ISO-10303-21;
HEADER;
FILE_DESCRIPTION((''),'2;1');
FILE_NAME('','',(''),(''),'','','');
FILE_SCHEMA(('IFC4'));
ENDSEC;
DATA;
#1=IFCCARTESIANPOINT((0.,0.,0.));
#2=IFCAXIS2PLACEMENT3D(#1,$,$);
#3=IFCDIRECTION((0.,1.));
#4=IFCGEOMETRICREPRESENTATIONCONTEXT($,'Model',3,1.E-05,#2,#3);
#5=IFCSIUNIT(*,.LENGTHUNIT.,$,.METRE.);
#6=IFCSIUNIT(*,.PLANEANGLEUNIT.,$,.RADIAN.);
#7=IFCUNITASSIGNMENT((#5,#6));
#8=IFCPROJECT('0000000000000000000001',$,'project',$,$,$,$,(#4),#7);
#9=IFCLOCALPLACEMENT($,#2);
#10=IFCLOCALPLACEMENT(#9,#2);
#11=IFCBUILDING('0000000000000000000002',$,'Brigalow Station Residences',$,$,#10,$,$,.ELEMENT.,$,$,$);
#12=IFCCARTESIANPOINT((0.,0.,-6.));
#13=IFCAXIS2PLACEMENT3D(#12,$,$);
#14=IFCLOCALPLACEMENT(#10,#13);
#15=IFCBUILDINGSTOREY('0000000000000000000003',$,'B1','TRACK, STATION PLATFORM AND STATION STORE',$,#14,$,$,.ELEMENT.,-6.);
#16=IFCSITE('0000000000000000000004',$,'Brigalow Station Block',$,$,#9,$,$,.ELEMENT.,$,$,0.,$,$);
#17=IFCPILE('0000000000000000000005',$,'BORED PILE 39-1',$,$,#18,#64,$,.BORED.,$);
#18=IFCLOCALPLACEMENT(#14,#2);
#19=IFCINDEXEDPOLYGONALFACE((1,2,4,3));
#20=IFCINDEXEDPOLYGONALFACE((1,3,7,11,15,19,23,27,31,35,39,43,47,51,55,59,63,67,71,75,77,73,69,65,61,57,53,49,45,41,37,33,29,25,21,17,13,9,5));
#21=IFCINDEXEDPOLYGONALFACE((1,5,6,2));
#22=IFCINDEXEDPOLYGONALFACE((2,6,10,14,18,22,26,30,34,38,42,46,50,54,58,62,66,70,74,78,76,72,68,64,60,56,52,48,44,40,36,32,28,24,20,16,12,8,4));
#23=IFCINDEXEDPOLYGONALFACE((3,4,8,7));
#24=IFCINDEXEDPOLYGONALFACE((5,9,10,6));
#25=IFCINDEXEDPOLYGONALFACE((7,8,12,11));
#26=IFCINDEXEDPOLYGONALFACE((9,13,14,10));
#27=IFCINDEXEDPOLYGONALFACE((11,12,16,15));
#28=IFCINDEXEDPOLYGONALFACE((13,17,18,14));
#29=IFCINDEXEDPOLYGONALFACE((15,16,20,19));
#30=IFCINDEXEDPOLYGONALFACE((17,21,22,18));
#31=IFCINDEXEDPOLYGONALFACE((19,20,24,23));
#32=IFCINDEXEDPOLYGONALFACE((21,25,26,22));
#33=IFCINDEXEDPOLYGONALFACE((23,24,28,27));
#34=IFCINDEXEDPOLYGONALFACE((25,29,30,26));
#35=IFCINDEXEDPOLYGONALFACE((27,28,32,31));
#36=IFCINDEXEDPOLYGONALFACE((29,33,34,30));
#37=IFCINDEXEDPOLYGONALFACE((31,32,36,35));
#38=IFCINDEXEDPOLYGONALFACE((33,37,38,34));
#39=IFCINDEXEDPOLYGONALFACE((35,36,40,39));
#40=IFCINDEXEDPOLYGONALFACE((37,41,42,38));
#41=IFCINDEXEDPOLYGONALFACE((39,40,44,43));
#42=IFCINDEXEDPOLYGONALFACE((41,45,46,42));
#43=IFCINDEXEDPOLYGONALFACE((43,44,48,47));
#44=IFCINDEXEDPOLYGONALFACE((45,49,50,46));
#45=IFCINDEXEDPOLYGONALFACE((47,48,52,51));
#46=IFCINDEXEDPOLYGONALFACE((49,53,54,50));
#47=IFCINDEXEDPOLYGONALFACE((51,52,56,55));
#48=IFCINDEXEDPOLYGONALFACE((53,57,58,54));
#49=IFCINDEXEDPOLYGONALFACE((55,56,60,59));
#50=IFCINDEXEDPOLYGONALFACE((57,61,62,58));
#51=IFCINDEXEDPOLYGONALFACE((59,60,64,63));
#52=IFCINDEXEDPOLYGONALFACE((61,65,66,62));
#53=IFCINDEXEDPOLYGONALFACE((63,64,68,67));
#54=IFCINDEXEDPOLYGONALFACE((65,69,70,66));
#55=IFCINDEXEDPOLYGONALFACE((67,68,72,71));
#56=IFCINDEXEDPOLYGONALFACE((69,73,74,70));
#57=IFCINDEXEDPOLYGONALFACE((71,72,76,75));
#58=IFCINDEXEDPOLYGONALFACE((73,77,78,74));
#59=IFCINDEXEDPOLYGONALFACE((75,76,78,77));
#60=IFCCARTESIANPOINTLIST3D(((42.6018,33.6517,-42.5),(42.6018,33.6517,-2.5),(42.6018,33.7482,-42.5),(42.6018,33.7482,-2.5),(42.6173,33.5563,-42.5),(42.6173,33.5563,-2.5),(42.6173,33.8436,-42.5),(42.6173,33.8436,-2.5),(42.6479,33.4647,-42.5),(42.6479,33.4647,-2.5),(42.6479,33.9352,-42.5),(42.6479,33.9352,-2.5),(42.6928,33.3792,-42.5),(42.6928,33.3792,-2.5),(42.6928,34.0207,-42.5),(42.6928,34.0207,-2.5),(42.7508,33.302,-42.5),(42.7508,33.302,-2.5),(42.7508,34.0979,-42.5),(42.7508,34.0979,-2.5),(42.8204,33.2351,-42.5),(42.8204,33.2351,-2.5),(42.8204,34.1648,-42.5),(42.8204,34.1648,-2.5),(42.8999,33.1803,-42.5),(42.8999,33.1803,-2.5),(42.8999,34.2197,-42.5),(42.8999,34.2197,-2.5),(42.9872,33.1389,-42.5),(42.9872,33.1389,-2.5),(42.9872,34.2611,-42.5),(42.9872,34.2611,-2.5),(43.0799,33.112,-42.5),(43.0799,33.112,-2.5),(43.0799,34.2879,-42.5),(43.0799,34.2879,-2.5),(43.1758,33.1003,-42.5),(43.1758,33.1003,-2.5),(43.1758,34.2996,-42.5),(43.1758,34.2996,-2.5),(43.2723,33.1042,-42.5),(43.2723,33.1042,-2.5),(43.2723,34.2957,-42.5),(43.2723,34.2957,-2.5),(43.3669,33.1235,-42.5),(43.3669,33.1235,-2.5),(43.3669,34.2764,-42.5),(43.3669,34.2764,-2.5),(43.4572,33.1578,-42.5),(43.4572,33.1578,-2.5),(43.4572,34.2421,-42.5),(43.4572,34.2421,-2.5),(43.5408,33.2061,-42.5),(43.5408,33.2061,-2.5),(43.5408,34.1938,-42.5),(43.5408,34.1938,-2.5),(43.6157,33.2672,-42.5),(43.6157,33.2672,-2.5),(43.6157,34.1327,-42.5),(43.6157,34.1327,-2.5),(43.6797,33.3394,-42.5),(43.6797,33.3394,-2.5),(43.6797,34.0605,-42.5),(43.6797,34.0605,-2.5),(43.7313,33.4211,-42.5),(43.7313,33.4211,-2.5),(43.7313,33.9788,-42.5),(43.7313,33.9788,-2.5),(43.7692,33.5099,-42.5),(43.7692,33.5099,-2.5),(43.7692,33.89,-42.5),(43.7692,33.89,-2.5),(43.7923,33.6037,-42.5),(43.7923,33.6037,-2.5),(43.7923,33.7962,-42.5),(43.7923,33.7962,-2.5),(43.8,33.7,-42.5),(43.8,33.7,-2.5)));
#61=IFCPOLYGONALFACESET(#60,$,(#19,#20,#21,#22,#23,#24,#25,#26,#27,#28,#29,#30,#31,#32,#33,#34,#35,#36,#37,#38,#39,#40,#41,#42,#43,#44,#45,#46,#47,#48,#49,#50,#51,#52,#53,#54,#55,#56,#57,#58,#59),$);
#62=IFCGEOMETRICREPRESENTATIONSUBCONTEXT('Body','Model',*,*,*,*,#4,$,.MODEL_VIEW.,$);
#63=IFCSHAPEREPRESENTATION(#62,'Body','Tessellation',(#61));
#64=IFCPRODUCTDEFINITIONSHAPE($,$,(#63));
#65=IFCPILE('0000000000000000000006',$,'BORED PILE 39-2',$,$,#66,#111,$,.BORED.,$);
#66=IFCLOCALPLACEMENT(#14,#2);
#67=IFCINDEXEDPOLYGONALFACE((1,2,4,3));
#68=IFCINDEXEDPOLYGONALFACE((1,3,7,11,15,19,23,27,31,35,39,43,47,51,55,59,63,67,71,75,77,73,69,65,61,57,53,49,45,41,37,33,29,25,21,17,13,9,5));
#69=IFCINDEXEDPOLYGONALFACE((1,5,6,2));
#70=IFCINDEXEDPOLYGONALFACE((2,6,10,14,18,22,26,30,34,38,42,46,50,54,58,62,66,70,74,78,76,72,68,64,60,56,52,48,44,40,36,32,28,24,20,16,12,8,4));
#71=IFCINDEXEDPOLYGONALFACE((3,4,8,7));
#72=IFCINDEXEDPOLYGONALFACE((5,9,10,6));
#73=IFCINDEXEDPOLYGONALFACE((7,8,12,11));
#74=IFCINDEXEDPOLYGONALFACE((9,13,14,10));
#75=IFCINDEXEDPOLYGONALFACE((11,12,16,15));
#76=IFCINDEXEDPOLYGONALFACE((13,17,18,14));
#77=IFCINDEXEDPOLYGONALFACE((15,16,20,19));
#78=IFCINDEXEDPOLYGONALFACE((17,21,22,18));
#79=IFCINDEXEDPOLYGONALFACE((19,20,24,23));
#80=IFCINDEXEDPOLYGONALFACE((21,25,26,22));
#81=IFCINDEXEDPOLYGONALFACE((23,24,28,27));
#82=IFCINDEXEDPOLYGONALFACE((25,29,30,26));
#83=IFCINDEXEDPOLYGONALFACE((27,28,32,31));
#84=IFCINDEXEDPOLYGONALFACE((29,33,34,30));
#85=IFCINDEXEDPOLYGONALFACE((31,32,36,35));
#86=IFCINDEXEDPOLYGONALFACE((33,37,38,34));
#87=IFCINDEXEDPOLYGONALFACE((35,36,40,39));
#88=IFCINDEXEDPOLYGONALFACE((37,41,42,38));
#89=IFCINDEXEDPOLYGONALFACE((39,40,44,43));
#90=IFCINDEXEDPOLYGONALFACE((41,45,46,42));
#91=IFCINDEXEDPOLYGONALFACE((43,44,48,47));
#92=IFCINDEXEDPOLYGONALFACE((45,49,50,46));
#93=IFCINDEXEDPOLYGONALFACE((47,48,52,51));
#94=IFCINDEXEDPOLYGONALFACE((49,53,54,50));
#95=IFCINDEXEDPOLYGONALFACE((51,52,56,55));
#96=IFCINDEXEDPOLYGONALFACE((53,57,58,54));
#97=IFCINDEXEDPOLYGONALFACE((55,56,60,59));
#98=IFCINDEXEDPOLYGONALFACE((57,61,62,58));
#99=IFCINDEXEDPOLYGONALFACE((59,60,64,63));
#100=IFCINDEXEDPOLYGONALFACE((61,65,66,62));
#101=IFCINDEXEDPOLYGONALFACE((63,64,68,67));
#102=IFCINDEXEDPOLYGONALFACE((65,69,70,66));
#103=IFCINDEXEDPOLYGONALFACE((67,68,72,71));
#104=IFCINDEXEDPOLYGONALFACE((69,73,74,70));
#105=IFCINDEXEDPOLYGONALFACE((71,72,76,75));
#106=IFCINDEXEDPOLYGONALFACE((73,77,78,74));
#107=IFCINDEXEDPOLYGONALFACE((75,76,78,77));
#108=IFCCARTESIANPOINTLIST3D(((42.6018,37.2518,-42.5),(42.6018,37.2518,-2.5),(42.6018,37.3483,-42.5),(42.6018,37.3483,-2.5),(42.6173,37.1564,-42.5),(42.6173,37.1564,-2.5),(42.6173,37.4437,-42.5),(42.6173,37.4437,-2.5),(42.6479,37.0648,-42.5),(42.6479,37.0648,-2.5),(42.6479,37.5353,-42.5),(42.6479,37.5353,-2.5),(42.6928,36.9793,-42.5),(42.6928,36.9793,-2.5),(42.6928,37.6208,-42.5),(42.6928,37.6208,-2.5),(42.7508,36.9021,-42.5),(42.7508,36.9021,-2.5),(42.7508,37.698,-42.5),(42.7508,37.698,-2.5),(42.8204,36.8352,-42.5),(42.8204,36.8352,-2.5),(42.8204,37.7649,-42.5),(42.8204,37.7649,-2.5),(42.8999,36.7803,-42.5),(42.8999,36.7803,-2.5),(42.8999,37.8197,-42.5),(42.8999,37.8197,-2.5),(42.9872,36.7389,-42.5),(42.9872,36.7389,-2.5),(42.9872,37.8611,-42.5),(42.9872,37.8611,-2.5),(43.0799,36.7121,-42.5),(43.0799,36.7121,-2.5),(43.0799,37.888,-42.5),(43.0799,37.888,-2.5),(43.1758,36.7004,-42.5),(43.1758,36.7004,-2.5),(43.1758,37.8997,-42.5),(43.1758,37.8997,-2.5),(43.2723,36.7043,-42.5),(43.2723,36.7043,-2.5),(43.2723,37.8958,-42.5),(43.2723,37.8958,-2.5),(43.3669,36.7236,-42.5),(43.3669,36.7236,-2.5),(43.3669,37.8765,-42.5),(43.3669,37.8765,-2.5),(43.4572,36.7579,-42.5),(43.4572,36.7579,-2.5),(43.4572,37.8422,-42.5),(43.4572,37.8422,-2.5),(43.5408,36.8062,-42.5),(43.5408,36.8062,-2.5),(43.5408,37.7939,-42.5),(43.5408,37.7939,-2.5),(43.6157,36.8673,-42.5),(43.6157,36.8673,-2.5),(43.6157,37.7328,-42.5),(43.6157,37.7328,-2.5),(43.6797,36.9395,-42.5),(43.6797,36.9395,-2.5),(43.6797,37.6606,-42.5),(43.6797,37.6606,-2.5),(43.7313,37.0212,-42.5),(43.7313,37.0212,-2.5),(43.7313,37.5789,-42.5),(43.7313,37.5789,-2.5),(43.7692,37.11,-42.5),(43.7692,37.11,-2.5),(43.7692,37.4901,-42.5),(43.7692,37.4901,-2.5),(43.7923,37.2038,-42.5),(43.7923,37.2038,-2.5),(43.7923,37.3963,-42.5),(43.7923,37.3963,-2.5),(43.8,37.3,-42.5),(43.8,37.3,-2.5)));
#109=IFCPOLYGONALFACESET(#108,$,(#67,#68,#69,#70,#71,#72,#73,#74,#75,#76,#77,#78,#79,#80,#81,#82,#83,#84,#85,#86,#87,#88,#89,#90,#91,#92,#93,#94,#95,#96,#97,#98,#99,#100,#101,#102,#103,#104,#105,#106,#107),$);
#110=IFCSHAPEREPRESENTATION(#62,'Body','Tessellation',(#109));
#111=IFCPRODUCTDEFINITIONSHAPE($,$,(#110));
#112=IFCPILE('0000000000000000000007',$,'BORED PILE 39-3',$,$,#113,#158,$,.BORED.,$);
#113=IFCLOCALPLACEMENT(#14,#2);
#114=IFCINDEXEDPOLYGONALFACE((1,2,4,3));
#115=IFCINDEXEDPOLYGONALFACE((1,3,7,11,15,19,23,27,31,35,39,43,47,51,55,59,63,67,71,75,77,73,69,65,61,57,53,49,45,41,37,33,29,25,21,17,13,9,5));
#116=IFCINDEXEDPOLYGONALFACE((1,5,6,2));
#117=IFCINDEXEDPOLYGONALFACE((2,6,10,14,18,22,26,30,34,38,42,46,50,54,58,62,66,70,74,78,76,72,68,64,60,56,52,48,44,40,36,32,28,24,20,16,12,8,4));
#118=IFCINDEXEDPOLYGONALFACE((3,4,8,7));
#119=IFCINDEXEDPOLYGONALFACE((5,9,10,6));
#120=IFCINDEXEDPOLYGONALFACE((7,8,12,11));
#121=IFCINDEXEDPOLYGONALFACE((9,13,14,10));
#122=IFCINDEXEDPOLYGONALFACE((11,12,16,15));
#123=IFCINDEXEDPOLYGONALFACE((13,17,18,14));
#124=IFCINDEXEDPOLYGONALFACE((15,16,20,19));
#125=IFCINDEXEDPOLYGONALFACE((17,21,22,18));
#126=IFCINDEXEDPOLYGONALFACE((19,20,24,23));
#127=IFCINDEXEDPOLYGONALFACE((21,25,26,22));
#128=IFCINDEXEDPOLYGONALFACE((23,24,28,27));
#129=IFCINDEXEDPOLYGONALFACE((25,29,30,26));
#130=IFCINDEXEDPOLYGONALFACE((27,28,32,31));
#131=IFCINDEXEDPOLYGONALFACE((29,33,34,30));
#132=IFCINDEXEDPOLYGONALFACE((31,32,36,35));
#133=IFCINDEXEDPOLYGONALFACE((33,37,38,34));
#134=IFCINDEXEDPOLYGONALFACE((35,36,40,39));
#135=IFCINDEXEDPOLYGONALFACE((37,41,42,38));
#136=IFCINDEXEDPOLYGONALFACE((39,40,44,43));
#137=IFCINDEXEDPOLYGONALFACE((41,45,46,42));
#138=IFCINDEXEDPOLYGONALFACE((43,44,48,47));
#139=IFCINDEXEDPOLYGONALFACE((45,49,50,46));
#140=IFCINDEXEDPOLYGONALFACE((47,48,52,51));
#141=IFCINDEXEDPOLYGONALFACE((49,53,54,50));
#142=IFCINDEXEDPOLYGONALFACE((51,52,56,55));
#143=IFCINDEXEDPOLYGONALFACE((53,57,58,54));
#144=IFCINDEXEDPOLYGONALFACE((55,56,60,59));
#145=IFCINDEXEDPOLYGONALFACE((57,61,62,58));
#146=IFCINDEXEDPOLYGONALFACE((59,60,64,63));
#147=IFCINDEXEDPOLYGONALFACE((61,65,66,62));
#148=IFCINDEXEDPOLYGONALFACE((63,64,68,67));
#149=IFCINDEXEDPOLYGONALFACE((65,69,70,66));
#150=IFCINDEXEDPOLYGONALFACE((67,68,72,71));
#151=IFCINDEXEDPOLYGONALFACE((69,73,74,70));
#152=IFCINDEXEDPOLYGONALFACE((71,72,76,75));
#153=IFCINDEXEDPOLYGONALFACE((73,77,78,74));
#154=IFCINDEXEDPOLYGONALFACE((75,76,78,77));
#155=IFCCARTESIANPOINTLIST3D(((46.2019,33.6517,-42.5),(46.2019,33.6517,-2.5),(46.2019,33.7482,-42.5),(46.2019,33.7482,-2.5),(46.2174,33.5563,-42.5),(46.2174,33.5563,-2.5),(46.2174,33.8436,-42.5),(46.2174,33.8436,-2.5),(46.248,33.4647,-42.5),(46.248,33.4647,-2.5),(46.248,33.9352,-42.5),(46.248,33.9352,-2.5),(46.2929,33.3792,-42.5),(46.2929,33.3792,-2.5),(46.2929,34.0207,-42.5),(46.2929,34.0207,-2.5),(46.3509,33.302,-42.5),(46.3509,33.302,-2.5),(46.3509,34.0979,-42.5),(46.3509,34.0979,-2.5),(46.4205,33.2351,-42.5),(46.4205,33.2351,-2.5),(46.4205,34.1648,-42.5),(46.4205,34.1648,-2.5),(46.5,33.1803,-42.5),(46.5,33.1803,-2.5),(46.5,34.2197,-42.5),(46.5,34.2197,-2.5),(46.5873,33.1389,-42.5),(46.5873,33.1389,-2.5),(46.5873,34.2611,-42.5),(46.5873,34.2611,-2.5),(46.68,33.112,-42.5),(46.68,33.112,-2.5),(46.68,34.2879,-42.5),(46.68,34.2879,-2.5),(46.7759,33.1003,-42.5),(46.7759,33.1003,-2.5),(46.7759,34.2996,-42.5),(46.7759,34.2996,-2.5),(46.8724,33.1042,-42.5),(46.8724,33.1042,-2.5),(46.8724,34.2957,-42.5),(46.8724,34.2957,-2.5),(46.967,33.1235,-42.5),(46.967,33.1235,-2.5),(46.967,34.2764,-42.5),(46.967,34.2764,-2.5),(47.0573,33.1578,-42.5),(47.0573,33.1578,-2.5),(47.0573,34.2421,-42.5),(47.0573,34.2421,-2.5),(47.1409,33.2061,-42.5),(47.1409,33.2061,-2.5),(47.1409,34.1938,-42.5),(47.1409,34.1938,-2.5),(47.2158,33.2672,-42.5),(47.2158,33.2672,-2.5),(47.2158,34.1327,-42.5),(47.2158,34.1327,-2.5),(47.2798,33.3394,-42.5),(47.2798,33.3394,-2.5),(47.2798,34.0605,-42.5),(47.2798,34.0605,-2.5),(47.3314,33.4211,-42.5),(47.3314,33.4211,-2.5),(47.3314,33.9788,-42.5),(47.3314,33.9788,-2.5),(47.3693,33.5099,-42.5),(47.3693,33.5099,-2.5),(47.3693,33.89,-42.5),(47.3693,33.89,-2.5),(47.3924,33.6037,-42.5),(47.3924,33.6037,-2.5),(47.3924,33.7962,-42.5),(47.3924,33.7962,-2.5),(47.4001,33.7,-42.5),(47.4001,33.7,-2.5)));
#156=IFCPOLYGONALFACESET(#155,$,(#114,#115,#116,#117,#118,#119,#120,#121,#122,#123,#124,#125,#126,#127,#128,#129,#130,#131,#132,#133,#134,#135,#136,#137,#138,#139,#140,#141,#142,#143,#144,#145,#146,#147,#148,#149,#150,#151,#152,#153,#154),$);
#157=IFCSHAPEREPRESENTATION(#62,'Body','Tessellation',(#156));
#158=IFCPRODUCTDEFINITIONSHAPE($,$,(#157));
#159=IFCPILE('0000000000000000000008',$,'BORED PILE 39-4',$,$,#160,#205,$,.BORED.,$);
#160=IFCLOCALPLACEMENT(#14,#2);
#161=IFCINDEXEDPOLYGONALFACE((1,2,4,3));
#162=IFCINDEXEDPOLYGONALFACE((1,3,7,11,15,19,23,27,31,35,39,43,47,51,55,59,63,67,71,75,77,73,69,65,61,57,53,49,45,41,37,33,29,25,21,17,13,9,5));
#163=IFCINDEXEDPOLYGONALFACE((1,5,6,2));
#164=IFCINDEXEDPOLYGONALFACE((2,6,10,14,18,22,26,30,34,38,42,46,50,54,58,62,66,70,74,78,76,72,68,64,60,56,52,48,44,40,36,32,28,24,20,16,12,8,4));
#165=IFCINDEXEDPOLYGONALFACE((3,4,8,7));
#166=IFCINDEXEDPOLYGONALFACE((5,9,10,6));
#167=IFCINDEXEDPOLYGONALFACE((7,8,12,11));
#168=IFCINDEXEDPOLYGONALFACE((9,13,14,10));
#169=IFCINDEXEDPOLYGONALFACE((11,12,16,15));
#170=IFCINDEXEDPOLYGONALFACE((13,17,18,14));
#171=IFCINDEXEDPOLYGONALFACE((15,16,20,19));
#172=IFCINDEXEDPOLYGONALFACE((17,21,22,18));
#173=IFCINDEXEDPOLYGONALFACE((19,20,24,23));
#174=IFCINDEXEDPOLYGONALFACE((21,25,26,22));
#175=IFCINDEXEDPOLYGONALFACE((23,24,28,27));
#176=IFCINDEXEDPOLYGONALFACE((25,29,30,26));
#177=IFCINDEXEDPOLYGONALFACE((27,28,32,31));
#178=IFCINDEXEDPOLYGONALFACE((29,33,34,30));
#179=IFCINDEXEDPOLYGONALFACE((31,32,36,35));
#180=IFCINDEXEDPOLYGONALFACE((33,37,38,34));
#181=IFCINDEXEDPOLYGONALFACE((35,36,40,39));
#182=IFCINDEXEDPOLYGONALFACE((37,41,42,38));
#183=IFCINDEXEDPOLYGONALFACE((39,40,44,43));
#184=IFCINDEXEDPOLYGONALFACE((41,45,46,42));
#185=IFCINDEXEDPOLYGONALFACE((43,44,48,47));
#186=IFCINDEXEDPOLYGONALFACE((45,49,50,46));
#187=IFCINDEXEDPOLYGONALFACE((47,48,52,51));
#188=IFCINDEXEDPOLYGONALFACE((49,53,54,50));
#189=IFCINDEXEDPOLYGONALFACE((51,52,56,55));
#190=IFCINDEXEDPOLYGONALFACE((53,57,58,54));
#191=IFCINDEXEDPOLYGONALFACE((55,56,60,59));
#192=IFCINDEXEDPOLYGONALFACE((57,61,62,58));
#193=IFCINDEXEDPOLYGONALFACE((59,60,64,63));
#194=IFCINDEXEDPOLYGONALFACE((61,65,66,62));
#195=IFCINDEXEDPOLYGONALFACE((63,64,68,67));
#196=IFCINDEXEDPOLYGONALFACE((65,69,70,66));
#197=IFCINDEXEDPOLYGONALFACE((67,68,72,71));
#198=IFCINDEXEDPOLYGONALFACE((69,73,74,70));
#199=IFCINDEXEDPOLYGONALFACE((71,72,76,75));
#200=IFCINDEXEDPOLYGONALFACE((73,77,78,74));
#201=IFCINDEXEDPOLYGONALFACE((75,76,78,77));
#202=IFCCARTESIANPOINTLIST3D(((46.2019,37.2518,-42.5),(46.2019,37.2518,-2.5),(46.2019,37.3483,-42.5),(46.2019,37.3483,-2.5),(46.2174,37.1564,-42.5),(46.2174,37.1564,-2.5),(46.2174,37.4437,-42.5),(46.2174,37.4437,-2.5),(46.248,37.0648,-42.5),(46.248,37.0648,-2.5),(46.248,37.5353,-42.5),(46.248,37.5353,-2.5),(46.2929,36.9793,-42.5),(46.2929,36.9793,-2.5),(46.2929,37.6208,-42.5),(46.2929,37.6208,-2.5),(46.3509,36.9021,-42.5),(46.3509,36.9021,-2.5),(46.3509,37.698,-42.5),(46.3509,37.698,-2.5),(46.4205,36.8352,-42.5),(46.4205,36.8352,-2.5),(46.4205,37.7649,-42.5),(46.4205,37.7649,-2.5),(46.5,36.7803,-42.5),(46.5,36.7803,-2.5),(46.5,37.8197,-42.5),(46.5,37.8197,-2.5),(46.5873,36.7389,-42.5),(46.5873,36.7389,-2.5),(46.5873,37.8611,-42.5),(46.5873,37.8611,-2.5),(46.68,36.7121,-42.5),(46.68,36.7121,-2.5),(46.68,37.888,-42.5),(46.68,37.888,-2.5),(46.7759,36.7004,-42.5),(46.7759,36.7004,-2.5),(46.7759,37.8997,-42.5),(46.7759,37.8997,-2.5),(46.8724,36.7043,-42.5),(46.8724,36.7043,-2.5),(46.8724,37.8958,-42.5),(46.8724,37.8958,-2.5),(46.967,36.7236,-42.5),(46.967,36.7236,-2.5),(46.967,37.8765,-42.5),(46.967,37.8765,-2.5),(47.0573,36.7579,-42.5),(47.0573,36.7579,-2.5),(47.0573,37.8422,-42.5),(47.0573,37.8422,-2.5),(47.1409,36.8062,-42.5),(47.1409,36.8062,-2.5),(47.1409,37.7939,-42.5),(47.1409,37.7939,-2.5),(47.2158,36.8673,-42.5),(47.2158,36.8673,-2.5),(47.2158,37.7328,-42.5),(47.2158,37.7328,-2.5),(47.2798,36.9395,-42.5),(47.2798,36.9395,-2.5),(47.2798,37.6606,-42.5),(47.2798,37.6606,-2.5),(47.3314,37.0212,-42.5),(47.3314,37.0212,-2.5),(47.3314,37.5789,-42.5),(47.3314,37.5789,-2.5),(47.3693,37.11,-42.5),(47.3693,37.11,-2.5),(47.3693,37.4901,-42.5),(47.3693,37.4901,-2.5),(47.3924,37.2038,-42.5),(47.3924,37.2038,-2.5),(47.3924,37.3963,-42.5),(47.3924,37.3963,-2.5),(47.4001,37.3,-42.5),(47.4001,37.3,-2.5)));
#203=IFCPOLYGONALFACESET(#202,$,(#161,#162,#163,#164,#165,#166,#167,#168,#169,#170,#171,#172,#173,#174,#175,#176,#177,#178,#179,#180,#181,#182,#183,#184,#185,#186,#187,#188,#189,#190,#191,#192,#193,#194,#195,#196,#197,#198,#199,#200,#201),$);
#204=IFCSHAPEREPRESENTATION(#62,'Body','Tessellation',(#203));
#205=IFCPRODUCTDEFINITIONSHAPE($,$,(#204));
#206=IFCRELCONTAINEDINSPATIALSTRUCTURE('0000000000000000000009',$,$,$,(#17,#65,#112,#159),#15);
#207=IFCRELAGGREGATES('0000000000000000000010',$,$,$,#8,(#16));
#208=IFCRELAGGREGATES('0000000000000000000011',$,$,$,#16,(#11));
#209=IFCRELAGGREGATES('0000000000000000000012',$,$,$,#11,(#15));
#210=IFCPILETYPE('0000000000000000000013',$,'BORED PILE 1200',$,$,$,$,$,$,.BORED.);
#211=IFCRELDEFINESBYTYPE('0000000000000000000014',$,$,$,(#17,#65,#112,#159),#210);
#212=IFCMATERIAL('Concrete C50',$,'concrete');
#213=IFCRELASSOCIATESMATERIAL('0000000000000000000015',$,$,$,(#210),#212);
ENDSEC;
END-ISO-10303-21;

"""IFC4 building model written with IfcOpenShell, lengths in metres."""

from ifc_helpers import new_model, si_unit, direction, frame, origin, origin_2d, place, context, subcontext, project, spatial, circle, extrude, material, material_profile, profile_set, type_object, element, save


model = new_model("IFC4")

# Units and contexts
model_context = context("Model", 3, precision=1e-05, world=origin(), true_north=direction((0.0, 1.0)))
body_context = subcontext(model_context, "Body", "Model", "MODEL_VIEW")
ifc_project = project(units=[si_unit("LENGTHUNIT", "METRE"), si_unit("PLANEANGLEUNIT", "RADIAN")], contexts=[model_context])

# Site, building, storey
site_placement = place(None, origin())
site = spatial("IfcSite", under=ifc_project, at=site_placement, Name="Brigalow Station Block", CompositionType="ELEMENT", RefElevation=0.0)
building_placement = place(site_placement, origin())
building = spatial("IfcBuilding", under=site, at=building_placement, Name="Brigalow Station Residences", CompositionType="ELEMENT")
storey_placement = place(building_placement, frame((0.0, 0.0, -6.0)))
storey = spatial("IfcBuildingStorey", under=building, at=storey_placement, Name="B1", Description="TRACK, STATION PLATFORM AND STATION STORE", CompositionType="ELEMENT", Elevation=-6.0)

# Piles
ifc_material_1 = material(Name="Concrete C50", Category="concrete")
ifc_material_profile_1 = material_profile(ifc_material_1, circle(Radius=0.6001, at=origin_2d()), Name="BP1200")
ifc_profile_set_1 = profile_set([ifc_material_profile_1], Name="Concrete C50")
pile_type = type_object("IfcPileType", Name="BORED PILE 1200", PredefinedType="BORED", material=ifc_profile_set_1)
for number, where, z_axis, x_axis, name in (
    (1, (43.2, 33.7, -2.5), (0.0, 0.0, -1.0), (1.0, 0.0, 0.0), "BORED PILE 39-1"),
    (2, (43.2, 37.3, -2.5), (0.0, 0.0, -1.0), (1.0, 0.0, 0.0), "BORED PILE 39-2"),
    (3, (46.8, 33.7, -2.5), (0.0, 0.0, -1.0), (1.0, 0.0, 0.0), "BORED PILE 39-3"),
    (4, (46.8, 37.3, -2.5), (0.0, 0.0, -1.0), (1.0, 0.0, 0.0), "BORED PILE 39-4"),
):
    element("IfcPile", number, at=place(storey_placement, frame(where, z_axis=z_axis, x_axis=x_axis)), inside=storey, type_object=pile_type, Name=name, PredefinedType="BORED", context=body_context, shape_type="SweptSolid", body=[
        extrude(circle(Radius=0.6001, at=origin_2d()), origin(), (0.0, 0.0, 1.0), 40.0),
    ])

save(model, "model.ifc")
